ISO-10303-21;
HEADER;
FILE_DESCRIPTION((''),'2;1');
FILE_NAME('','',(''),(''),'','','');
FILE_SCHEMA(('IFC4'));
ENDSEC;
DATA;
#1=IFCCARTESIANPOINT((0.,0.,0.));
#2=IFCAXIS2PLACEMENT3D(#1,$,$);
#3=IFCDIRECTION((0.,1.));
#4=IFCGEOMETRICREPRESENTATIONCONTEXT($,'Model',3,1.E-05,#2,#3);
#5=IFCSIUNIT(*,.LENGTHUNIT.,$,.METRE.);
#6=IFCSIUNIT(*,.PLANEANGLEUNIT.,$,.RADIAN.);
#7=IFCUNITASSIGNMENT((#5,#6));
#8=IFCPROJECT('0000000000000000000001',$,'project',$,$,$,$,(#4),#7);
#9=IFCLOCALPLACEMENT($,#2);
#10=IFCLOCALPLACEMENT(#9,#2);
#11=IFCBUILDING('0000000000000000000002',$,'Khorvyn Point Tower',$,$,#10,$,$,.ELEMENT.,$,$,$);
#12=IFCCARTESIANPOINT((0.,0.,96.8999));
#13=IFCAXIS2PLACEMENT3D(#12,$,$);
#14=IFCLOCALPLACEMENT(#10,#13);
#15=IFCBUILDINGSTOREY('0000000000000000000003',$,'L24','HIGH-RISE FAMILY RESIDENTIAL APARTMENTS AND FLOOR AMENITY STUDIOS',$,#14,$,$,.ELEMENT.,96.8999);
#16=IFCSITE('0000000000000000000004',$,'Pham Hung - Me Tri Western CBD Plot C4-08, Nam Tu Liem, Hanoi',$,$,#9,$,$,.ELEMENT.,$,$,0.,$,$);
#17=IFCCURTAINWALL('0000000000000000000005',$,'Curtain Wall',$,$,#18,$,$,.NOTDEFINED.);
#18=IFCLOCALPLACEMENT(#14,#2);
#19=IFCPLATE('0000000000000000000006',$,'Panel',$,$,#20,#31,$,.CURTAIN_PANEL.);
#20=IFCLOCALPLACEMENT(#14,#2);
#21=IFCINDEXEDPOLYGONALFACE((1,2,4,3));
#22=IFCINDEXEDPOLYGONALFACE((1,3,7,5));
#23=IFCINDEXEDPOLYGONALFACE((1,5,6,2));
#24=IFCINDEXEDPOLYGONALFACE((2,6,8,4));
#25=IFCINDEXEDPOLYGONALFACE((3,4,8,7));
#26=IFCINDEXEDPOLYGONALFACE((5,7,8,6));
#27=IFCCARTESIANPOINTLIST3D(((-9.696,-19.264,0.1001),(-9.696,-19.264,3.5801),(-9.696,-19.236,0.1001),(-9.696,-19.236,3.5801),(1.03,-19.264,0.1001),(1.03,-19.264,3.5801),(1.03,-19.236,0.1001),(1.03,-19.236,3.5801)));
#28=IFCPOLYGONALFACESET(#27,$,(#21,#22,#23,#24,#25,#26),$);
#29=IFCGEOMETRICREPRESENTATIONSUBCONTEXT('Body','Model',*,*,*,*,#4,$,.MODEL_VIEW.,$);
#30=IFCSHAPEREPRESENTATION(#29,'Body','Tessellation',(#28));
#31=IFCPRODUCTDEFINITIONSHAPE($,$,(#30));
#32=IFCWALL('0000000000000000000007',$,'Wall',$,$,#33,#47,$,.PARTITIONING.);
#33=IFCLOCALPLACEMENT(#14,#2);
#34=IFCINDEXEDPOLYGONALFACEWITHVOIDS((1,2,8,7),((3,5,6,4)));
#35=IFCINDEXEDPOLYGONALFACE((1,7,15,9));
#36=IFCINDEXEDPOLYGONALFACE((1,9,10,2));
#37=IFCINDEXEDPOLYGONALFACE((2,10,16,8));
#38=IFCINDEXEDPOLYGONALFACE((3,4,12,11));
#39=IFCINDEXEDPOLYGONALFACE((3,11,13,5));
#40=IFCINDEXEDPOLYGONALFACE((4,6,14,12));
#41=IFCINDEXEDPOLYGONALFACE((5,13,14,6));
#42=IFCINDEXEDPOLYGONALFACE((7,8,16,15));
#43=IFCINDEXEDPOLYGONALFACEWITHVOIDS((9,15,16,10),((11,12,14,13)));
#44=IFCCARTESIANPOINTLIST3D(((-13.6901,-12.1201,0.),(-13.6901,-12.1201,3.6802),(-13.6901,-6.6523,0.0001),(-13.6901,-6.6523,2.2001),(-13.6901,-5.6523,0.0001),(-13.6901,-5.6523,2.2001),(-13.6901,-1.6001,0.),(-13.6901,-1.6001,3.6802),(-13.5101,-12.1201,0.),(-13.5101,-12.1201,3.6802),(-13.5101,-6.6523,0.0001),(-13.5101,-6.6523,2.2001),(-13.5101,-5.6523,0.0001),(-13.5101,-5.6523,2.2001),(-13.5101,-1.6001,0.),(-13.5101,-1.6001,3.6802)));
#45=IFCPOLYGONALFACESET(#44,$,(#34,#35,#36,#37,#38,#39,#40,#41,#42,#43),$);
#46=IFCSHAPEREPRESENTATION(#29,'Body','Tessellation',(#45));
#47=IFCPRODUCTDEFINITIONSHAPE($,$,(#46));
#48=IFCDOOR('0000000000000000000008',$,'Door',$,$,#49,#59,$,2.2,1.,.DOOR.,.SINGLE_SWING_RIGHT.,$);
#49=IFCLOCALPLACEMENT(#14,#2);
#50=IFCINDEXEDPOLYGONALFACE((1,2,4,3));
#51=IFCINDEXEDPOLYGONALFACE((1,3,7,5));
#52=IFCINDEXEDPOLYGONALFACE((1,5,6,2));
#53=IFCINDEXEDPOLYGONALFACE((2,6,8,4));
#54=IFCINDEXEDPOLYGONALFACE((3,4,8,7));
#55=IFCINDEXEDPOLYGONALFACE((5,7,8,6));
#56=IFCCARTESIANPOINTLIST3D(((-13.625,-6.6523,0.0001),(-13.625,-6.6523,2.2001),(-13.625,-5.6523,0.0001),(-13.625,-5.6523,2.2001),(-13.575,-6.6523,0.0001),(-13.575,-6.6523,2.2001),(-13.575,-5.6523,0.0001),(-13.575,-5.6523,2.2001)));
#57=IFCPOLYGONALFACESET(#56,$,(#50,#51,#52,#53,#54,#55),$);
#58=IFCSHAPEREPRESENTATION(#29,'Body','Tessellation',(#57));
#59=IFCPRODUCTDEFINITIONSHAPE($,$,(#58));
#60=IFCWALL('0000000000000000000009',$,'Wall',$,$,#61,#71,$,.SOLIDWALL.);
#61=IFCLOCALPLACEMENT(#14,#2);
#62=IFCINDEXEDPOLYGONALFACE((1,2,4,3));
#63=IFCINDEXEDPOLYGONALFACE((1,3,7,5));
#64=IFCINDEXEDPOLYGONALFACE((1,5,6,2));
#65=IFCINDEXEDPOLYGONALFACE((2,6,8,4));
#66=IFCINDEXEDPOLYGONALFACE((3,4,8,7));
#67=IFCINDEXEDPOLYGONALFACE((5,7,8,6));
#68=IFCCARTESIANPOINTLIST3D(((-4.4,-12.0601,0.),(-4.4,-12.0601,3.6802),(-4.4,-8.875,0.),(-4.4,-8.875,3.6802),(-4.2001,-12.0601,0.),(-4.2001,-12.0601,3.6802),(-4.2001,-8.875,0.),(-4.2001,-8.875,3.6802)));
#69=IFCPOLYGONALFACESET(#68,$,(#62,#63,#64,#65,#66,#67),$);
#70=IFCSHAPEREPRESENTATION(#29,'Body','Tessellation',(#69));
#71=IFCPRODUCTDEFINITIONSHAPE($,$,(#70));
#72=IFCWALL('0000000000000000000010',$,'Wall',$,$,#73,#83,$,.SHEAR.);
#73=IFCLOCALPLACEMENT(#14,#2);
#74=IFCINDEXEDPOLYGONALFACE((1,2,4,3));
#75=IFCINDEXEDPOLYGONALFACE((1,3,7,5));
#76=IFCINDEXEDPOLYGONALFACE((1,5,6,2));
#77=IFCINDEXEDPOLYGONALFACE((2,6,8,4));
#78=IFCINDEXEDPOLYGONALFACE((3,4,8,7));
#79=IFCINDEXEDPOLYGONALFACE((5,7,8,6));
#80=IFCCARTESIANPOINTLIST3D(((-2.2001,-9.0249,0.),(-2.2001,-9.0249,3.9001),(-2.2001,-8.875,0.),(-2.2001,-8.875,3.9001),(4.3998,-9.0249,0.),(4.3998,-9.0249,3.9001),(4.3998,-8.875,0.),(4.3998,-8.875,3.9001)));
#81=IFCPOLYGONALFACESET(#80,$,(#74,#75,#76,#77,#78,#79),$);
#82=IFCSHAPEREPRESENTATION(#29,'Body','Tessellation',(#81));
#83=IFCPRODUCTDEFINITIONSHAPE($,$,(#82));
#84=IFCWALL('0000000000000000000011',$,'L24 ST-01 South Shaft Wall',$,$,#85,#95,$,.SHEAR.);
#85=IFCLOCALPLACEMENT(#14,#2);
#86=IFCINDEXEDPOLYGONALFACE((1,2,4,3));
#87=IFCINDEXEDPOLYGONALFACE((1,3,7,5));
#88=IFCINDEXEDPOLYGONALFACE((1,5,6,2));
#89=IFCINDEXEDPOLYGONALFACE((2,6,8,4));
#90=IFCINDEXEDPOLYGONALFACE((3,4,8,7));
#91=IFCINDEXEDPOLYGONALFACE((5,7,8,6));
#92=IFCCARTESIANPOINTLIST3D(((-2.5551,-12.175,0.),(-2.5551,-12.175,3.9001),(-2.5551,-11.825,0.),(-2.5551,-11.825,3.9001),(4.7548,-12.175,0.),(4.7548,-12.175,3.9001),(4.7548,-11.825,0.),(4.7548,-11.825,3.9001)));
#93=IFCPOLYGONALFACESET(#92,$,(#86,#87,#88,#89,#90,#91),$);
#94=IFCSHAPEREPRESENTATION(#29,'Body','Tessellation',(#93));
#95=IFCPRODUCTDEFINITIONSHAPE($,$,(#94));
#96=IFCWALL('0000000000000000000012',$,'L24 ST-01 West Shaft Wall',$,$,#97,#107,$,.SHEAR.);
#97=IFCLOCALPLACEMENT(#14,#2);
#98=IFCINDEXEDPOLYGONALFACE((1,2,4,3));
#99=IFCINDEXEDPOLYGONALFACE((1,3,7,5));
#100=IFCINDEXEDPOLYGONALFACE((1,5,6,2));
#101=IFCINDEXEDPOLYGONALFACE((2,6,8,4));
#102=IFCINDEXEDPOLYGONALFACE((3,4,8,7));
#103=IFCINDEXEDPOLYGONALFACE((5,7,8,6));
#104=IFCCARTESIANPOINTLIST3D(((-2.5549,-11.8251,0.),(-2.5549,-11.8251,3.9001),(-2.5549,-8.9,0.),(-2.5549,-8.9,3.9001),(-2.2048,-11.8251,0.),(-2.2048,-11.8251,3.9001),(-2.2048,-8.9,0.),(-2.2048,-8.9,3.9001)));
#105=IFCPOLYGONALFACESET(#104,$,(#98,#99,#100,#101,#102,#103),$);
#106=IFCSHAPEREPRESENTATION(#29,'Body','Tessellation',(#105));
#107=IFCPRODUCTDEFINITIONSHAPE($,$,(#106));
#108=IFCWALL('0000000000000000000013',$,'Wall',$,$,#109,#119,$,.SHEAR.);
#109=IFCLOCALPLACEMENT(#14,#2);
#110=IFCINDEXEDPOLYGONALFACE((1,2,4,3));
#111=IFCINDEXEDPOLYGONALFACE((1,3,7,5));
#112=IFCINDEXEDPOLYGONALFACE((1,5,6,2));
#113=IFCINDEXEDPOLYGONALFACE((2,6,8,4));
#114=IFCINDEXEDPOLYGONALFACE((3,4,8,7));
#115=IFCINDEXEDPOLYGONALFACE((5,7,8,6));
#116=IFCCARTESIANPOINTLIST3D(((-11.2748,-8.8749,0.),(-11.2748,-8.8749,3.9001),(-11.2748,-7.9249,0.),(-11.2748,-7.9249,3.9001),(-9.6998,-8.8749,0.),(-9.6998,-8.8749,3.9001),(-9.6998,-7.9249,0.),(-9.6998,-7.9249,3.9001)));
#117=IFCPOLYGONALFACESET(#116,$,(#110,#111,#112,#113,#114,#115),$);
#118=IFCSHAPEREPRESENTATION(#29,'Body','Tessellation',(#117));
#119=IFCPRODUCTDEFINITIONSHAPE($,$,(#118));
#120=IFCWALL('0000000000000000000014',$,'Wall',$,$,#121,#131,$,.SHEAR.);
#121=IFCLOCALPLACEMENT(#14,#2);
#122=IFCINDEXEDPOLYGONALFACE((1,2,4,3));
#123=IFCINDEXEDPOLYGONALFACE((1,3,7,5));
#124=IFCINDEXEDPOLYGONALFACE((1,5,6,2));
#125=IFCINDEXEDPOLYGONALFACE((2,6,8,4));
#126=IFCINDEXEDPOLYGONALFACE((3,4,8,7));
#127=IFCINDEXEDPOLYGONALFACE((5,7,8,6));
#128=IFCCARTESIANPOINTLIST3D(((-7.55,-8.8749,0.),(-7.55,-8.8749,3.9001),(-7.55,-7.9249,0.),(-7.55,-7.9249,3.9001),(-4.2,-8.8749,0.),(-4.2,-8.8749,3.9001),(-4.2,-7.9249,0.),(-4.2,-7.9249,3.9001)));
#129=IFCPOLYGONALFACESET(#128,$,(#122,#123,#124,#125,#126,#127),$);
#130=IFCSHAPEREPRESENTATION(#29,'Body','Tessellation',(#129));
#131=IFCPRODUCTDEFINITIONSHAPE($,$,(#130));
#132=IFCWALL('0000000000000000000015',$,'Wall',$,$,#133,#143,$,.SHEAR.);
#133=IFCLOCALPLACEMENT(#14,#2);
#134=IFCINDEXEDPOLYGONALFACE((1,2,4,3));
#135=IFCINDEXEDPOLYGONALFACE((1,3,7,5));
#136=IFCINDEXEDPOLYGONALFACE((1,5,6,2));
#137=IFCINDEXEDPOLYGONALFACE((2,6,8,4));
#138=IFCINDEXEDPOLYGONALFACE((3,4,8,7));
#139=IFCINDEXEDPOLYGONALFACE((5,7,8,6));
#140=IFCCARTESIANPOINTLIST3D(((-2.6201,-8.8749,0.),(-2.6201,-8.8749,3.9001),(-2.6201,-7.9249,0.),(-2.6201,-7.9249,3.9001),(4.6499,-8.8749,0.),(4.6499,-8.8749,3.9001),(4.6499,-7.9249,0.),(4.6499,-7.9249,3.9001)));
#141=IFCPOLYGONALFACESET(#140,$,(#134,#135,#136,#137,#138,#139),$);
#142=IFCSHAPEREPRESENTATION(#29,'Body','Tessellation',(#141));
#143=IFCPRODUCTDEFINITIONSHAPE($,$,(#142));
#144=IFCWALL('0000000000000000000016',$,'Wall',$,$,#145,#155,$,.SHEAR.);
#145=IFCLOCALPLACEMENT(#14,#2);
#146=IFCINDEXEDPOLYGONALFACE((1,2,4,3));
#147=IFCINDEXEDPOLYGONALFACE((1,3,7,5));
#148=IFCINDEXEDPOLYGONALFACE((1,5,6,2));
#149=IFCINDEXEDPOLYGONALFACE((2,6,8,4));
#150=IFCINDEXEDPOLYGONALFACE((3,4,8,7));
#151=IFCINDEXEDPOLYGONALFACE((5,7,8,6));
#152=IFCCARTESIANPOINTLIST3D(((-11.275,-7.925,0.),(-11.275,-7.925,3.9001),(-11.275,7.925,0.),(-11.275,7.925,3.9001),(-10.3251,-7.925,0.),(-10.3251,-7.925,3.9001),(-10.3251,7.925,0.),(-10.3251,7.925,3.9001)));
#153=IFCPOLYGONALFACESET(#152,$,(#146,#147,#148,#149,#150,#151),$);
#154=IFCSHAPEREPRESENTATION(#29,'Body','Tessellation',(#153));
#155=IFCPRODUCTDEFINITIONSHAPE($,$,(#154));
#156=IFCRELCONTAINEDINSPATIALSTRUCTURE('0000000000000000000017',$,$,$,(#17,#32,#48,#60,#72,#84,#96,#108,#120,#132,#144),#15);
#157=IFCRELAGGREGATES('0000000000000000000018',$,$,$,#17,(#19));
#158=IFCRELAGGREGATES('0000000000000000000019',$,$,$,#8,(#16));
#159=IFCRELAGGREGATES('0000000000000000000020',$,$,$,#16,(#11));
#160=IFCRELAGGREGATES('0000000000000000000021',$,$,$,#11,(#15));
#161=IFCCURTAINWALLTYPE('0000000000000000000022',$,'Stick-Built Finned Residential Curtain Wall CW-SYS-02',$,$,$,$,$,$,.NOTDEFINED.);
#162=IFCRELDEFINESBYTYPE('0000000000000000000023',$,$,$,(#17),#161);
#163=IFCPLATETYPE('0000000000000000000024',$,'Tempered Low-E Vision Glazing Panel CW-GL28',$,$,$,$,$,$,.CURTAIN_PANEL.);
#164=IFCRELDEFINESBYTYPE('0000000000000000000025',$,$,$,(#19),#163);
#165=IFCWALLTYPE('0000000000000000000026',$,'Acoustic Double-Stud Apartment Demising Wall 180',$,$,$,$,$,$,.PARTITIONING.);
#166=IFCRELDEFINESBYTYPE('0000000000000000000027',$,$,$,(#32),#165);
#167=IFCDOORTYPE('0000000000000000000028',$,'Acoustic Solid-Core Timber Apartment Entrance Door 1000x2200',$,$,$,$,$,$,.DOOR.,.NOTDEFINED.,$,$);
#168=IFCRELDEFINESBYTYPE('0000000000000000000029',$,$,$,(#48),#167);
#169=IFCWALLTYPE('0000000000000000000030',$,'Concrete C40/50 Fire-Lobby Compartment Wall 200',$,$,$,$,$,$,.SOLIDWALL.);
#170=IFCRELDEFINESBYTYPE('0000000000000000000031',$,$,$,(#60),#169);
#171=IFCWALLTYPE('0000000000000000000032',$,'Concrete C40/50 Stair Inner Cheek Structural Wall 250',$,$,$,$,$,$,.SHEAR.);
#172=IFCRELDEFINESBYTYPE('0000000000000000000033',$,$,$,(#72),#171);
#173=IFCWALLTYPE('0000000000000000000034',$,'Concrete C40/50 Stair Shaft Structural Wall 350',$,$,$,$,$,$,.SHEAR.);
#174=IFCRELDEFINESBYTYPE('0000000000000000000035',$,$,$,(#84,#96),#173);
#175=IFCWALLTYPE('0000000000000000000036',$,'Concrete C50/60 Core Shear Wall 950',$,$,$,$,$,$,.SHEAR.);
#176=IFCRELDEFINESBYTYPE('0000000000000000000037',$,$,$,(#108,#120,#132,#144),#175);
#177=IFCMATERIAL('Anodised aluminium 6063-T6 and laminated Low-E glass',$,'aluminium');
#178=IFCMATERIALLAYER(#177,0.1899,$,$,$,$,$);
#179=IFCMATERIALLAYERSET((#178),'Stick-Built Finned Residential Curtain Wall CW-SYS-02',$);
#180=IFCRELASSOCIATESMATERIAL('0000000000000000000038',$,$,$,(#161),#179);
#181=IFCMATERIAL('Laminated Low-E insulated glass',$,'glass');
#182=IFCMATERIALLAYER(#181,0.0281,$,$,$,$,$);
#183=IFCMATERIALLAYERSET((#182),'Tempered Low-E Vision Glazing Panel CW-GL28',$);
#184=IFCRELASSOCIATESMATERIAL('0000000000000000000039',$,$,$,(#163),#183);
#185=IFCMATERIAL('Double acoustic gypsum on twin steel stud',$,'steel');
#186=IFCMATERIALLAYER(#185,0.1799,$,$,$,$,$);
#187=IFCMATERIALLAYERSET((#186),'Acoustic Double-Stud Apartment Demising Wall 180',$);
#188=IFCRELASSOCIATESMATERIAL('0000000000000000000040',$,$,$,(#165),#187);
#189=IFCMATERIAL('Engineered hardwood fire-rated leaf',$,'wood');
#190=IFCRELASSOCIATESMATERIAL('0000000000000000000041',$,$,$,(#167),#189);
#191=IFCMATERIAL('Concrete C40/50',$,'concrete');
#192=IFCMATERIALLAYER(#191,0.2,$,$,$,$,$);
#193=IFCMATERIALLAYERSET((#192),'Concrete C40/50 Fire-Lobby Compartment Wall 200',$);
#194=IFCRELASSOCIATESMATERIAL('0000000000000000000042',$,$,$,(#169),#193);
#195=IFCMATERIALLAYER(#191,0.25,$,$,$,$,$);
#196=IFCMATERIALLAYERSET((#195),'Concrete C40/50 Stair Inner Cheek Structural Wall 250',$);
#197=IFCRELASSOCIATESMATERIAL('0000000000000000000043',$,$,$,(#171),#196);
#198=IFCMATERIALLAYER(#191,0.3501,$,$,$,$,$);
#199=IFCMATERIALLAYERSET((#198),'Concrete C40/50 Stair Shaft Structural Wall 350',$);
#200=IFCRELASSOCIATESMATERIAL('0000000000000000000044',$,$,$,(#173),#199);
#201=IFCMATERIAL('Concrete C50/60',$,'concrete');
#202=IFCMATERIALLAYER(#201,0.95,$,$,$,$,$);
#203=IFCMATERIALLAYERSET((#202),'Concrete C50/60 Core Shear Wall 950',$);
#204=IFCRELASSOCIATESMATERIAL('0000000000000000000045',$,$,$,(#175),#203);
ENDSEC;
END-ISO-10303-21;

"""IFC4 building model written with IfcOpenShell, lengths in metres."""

from ifc_helpers import new_model, si_unit, direction, frame, frame_2d, origin, origin_2d, place, context, subcontext, project, spatial, rectangle, extrude, material, layer, layer_set, type_object, element, fill, aggregate, save


model = new_model("IFC4")

# Units and contexts
model_context = context("Model", 3, precision=1e-05, world=origin(), true_north=direction((0.0, 1.0)))
body_context = subcontext(model_context, "Body", "Model", "MODEL_VIEW")
ifc_project = project(units=[si_unit("LENGTHUNIT", "METRE"), si_unit("PLANEANGLEUNIT", "RADIAN")], contexts=[model_context])

# Site, building, storey
site_placement = place(None, origin())
site = spatial("IfcSite", under=ifc_project, at=site_placement, Name="Pham Hung - Me Tri Western CBD Plot C4-08, Nam Tu Liem, Hanoi", CompositionType="ELEMENT", RefElevation=0.0)
building_placement = place(site_placement, origin())
building = spatial("IfcBuilding", under=site, at=building_placement, Name="Khorvyn Point Tower", CompositionType="ELEMENT")
storey_placement = place(building_placement, frame((0.0, 0.0, 96.8999)))
storey = spatial("IfcBuildingStorey", under=building, at=storey_placement, Name="L24", Description="HIGH-RISE FAMILY RESIDENTIAL APARTMENTS AND FLOOR AMENITY STUDIOS", CompositionType="ELEMENT", Elevation=96.8999)

# Shared definitions
ifc_material_1 = material(Name="Concrete C50/60", Category="concrete")

# Curtain wall
ifc_material_2 = material(Name="Anodised aluminium 6063-T6 and laminated Low-E glass", Category="aluminium")
ifc_layer_1 = layer(ifc_material_2, 0.1899)
ifc_layer_set_1 = layer_set([ifc_layer_1], Name="Stick-Built Finned Residential Curtain Wall CW-SYS-02")
curtain_wall_type = type_object("IfcCurtainWallType", Name="Stick-Built Finned Residential Curtain Wall CW-SYS-02", PredefinedType="NOTDEFINED", material=ifc_layer_set_1)
curtain_wall_placement = place(storey_placement, origin())
curtain_wall = element("IfcCurtainWall", 1, at=curtain_wall_placement, inside=storey, type_object=curtain_wall_type, Name="Curtain Wall", PredefinedType="NOTDEFINED")

# Plate
ifc_material_3 = material(Name="Laminated Low-E insulated glass", Category="glass")
ifc_layer_2 = layer(ifc_material_3, 0.0281)
ifc_layer_set_2 = layer_set([ifc_layer_2], Name="Tempered Low-E Vision Glazing Panel CW-GL28")
plate_type = type_object("IfcPlateType", Name="Tempered Low-E Vision Glazing Panel CW-GL28", PredefinedType="CURTAIN_PANEL", material=ifc_layer_set_2)
plate_placement = place(storey_placement, frame((-4.333, -19.25, 0.1001), z_axis=(0.0, 0.0, 1.0), x_axis=(-1.0, 0.0, 0.0)))
plate = element("IfcPlate", 2, at=plate_placement, type_object=plate_type, Name="Panel", PredefinedType="CURTAIN_PANEL", context=body_context, shape_type="SweptSolid", body=[
    extrude(rectangle(XDim=10.7261, YDim=0.0281, at=origin_2d()), origin(), (0.0, 0.0, 1.0), 3.48),
])
aggregate(curtain_wall, [plate])

# Wall, opening, door
ifc_material_4 = material(Name="Double acoustic gypsum on twin steel stud", Category="steel")
ifc_layer_3 = layer(ifc_material_4, 0.1799)
ifc_layer_set_3 = layer_set([ifc_layer_3], Name="Acoustic Double-Stud Apartment Demising Wall 180")
wall_type_1 = type_object("IfcWallType", Name="Acoustic Double-Stud Apartment Demising Wall 180", PredefinedType="PARTITIONING", material=ifc_layer_set_3)
wall_1_placement = place(storey_placement, frame((-13.6001, -12.1201, 0.0), z_axis=(0.0, 0.0, 1.0), x_axis=(0.0, 1.0, 0.0)))
wall_1 = element("IfcWall", 3, at=wall_1_placement, inside=storey, type_object=wall_type_1, Name="Wall", PredefinedType="PARTITIONING", context=body_context, shape_type="SweptSolid", body=[
    extrude(rectangle(XDim=10.52, YDim=0.1799, at=frame_2d((5.26, 0.0))), origin(), (0.0, 0.0, 1.0), 3.6802),
])
opening_1_placement = place(wall_1_placement, frame((5.4678, 0.0, 0.0)))
opening_1 = element("IfcOpeningElement", 4, at=opening_1_placement, cuts=wall_1, PredefinedType="OPENING", context=body_context, shape_type="SweptSolid", body=[
    extrude(rectangle(XDim=1.0, YDim=2.2, at=frame_2d((0.5, 1.1001))), frame((0.0, 0.0999, 0.0), z_axis=(0.0, -1.0, 0.0), x_axis=(1.0, 0.0, 0.0)), (0.0, 0.0, 1.0), 0.2),
])
ifc_material_5 = material(Name="Engineered hardwood fire-rated leaf", Category="wood")
door_type_1 = type_object("IfcDoorType", Name="Acoustic Solid-Core Timber Apartment Entrance Door 1000x2200", OperationType="NOTDEFINED", PredefinedType="DOOR", material=ifc_material_5)
door_1_placement = place(opening_1_placement, origin())
door_1 = element("IfcDoor", 5, at=door_1_placement, inside=storey, type_object=door_type_1, Name="Door", OperationType="SINGLE_SWING_RIGHT", OverallHeight=2.2, OverallWidth=1.0, PredefinedType="DOOR", context=body_context, shape_type="SweptSolid", body=[
    extrude(rectangle(XDim=1.0, YDim=2.2, at=frame_2d((0.5, 1.1001))), frame((0.0, 0.0249, 0.0), z_axis=(0.0, -1.0, 0.0), x_axis=(1.0, 0.0, 0.0)), (0.0, 0.0, 1.0), 0.05),
])
fill(opening_1, door_1)
ifc_material_6 = material(Name="Concrete C40/50", Category="concrete")
ifc_layer_4 = layer(ifc_material_6, 0.2)
ifc_layer_set_4 = layer_set([ifc_layer_4], Name="Concrete C40/50 Fire-Lobby Compartment Wall 200")
wall_type_2 = type_object("IfcWallType", Name="Concrete C40/50 Fire-Lobby Compartment Wall 200", PredefinedType="SOLIDWALL", material=ifc_layer_set_4)

# Walls
wall_2_placement = place(storey_placement, frame((-4.3, -12.0601, 0.0), z_axis=(0.0, 0.0, 1.0), x_axis=(0.0, 1.0, 0.0)))
element("IfcWall", 6, at=wall_2_placement, inside=storey, type_object=wall_type_2, Name="Wall", PredefinedType="SOLIDWALL", context=body_context, shape_type="SweptSolid", body=[
    extrude(rectangle(XDim=3.1851, YDim=0.2, at=frame_2d((1.5925, 0.0))), origin(), (0.0, 0.0, 1.0), 3.6802),
])
ifc_layer_5 = layer(ifc_material_6, 0.25)
ifc_layer_set_5 = layer_set([ifc_layer_5], Name="Concrete C40/50 Stair Inner Cheek Structural Wall 250")
wall_type_3 = type_object("IfcWallType", Name="Concrete C40/50 Stair Inner Cheek Structural Wall 250", PredefinedType="SHEAR", material=ifc_layer_set_5)
wall_3_placement = place(storey_placement, frame((-2.2, -8.95, 0.0), z_axis=(0.0, 0.0, 1.0), x_axis=(1.0, 0.0, 0.0)))
element("IfcWall", 7, at=wall_3_placement, inside=storey, type_object=wall_type_3, Name="Wall", PredefinedType="SHEAR", context=body_context, shape_type="SweptSolid", body=[
    extrude(rectangle(XDim=6.5999, YDim=0.1499, at=frame_2d((3.2998, 0.0))), origin(), (0.0, 0.0, 1.0), 3.9001),
])
ifc_layer_6 = layer(ifc_material_6, 0.3501)
ifc_layer_set_6 = layer_set([ifc_layer_6], Name="Concrete C40/50 Stair Shaft Structural Wall 350")
wall_type_4 = type_object("IfcWallType", Name="Concrete C40/50 Stair Shaft Structural Wall 350", PredefinedType="SHEAR", material=ifc_layer_set_6)
wall_4_placement = place(storey_placement, frame((-2.5549, -12.0, 0.0), z_axis=(0.0, 0.0, 1.0), x_axis=(1.0, 0.0, 0.0)))
element("IfcWall", 8, at=wall_4_placement, inside=storey, type_object=wall_type_4, Name="L24 ST-01 South Shaft Wall", PredefinedType="SHEAR", context=body_context, shape_type="SweptSolid", body=[
    extrude(rectangle(XDim=7.3098, YDim=0.3501, at=frame_2d((3.6548, 0.0))), origin(), (0.0, 0.0, 1.0), 3.9001),
])
wall_5_placement = place(storey_placement, frame((-2.3799, -11.825, 0.0), z_axis=(0.0, 0.0, 1.0), x_axis=(0.0, 1.0, 0.0)))
element("IfcWall", 9, at=wall_5_placement, inside=storey, type_object=wall_type_4, Name="L24 ST-01 West Shaft Wall", PredefinedType="SHEAR", context=body_context, shape_type="SweptSolid", body=[
    extrude(rectangle(XDim=2.925, YDim=0.3501, at=frame_2d((1.4624, 0.0))), origin(), (0.0, 0.0, 1.0), 3.9001),
])
ifc_layer_7 = layer(ifc_material_1, 0.95)
ifc_layer_set_7 = layer_set([ifc_layer_7], Name="Concrete C50/60 Core Shear Wall 950")
wall_type_5 = type_object("IfcWallType", Name="Concrete C50/60 Core Shear Wall 950", PredefinedType="SHEAR", material=ifc_layer_set_7)
wall_6_placement = place(storey_placement, frame((-11.2749, -8.3999, 0.0), z_axis=(0.0, 0.0, 1.0), x_axis=(1.0, 0.0, 0.0)))
element("IfcWall", 10, at=wall_6_placement, inside=storey, type_object=wall_type_5, Name="Wall", PredefinedType="SHEAR", context=body_context, shape_type="SweptSolid", body=[
    extrude(rectangle(XDim=1.575, YDim=0.95, at=frame_2d((0.7876, 0.0))), origin(), (0.0, 0.0, 1.0), 3.9001),
])
wall_7_placement = place(storey_placement, frame((-7.55, -8.3999, 0.0), z_axis=(0.0, 0.0, 1.0), x_axis=(1.0, 0.0, 0.0)))
element("IfcWall", 11, at=wall_7_placement, inside=storey, type_object=wall_type_5, Name="Wall", PredefinedType="SHEAR", context=body_context, shape_type="SweptSolid", body=[
    extrude(rectangle(XDim=3.3501, YDim=0.95, at=frame_2d((1.675, 0.0))), origin(), (0.0, 0.0, 1.0), 3.9001),
])
wall_8_placement = place(storey_placement, frame((-2.6201, -8.3999, 0.0), z_axis=(0.0, 0.0, 1.0), x_axis=(1.0, 0.0, 0.0)))
element("IfcWall", 12, at=wall_8_placement, inside=storey, type_object=wall_type_5, Name="Wall", PredefinedType="SHEAR", context=body_context, shape_type="SweptSolid", body=[
    extrude(rectangle(XDim=7.27, YDim=0.95, at=frame_2d((3.635, 0.0))), origin(), (0.0, 0.0, 1.0), 3.9001),
])
wall_9_placement = place(storey_placement, frame((-10.8, -7.925, 0.0), z_axis=(0.0, 0.0, 1.0), x_axis=(0.0, 1.0, 0.0)))
element("IfcWall", 13, at=wall_9_placement, inside=storey, type_object=wall_type_5, Name="Wall", PredefinedType="SHEAR", context=body_context, shape_type="SweptSolid", body=[
    extrude(rectangle(XDim=15.8501, YDim=0.95, at=frame_2d((7.925, 0.0))), origin(), (0.0, 0.0, 1.0), 3.9001),
])

save(model, "model.ifc")
